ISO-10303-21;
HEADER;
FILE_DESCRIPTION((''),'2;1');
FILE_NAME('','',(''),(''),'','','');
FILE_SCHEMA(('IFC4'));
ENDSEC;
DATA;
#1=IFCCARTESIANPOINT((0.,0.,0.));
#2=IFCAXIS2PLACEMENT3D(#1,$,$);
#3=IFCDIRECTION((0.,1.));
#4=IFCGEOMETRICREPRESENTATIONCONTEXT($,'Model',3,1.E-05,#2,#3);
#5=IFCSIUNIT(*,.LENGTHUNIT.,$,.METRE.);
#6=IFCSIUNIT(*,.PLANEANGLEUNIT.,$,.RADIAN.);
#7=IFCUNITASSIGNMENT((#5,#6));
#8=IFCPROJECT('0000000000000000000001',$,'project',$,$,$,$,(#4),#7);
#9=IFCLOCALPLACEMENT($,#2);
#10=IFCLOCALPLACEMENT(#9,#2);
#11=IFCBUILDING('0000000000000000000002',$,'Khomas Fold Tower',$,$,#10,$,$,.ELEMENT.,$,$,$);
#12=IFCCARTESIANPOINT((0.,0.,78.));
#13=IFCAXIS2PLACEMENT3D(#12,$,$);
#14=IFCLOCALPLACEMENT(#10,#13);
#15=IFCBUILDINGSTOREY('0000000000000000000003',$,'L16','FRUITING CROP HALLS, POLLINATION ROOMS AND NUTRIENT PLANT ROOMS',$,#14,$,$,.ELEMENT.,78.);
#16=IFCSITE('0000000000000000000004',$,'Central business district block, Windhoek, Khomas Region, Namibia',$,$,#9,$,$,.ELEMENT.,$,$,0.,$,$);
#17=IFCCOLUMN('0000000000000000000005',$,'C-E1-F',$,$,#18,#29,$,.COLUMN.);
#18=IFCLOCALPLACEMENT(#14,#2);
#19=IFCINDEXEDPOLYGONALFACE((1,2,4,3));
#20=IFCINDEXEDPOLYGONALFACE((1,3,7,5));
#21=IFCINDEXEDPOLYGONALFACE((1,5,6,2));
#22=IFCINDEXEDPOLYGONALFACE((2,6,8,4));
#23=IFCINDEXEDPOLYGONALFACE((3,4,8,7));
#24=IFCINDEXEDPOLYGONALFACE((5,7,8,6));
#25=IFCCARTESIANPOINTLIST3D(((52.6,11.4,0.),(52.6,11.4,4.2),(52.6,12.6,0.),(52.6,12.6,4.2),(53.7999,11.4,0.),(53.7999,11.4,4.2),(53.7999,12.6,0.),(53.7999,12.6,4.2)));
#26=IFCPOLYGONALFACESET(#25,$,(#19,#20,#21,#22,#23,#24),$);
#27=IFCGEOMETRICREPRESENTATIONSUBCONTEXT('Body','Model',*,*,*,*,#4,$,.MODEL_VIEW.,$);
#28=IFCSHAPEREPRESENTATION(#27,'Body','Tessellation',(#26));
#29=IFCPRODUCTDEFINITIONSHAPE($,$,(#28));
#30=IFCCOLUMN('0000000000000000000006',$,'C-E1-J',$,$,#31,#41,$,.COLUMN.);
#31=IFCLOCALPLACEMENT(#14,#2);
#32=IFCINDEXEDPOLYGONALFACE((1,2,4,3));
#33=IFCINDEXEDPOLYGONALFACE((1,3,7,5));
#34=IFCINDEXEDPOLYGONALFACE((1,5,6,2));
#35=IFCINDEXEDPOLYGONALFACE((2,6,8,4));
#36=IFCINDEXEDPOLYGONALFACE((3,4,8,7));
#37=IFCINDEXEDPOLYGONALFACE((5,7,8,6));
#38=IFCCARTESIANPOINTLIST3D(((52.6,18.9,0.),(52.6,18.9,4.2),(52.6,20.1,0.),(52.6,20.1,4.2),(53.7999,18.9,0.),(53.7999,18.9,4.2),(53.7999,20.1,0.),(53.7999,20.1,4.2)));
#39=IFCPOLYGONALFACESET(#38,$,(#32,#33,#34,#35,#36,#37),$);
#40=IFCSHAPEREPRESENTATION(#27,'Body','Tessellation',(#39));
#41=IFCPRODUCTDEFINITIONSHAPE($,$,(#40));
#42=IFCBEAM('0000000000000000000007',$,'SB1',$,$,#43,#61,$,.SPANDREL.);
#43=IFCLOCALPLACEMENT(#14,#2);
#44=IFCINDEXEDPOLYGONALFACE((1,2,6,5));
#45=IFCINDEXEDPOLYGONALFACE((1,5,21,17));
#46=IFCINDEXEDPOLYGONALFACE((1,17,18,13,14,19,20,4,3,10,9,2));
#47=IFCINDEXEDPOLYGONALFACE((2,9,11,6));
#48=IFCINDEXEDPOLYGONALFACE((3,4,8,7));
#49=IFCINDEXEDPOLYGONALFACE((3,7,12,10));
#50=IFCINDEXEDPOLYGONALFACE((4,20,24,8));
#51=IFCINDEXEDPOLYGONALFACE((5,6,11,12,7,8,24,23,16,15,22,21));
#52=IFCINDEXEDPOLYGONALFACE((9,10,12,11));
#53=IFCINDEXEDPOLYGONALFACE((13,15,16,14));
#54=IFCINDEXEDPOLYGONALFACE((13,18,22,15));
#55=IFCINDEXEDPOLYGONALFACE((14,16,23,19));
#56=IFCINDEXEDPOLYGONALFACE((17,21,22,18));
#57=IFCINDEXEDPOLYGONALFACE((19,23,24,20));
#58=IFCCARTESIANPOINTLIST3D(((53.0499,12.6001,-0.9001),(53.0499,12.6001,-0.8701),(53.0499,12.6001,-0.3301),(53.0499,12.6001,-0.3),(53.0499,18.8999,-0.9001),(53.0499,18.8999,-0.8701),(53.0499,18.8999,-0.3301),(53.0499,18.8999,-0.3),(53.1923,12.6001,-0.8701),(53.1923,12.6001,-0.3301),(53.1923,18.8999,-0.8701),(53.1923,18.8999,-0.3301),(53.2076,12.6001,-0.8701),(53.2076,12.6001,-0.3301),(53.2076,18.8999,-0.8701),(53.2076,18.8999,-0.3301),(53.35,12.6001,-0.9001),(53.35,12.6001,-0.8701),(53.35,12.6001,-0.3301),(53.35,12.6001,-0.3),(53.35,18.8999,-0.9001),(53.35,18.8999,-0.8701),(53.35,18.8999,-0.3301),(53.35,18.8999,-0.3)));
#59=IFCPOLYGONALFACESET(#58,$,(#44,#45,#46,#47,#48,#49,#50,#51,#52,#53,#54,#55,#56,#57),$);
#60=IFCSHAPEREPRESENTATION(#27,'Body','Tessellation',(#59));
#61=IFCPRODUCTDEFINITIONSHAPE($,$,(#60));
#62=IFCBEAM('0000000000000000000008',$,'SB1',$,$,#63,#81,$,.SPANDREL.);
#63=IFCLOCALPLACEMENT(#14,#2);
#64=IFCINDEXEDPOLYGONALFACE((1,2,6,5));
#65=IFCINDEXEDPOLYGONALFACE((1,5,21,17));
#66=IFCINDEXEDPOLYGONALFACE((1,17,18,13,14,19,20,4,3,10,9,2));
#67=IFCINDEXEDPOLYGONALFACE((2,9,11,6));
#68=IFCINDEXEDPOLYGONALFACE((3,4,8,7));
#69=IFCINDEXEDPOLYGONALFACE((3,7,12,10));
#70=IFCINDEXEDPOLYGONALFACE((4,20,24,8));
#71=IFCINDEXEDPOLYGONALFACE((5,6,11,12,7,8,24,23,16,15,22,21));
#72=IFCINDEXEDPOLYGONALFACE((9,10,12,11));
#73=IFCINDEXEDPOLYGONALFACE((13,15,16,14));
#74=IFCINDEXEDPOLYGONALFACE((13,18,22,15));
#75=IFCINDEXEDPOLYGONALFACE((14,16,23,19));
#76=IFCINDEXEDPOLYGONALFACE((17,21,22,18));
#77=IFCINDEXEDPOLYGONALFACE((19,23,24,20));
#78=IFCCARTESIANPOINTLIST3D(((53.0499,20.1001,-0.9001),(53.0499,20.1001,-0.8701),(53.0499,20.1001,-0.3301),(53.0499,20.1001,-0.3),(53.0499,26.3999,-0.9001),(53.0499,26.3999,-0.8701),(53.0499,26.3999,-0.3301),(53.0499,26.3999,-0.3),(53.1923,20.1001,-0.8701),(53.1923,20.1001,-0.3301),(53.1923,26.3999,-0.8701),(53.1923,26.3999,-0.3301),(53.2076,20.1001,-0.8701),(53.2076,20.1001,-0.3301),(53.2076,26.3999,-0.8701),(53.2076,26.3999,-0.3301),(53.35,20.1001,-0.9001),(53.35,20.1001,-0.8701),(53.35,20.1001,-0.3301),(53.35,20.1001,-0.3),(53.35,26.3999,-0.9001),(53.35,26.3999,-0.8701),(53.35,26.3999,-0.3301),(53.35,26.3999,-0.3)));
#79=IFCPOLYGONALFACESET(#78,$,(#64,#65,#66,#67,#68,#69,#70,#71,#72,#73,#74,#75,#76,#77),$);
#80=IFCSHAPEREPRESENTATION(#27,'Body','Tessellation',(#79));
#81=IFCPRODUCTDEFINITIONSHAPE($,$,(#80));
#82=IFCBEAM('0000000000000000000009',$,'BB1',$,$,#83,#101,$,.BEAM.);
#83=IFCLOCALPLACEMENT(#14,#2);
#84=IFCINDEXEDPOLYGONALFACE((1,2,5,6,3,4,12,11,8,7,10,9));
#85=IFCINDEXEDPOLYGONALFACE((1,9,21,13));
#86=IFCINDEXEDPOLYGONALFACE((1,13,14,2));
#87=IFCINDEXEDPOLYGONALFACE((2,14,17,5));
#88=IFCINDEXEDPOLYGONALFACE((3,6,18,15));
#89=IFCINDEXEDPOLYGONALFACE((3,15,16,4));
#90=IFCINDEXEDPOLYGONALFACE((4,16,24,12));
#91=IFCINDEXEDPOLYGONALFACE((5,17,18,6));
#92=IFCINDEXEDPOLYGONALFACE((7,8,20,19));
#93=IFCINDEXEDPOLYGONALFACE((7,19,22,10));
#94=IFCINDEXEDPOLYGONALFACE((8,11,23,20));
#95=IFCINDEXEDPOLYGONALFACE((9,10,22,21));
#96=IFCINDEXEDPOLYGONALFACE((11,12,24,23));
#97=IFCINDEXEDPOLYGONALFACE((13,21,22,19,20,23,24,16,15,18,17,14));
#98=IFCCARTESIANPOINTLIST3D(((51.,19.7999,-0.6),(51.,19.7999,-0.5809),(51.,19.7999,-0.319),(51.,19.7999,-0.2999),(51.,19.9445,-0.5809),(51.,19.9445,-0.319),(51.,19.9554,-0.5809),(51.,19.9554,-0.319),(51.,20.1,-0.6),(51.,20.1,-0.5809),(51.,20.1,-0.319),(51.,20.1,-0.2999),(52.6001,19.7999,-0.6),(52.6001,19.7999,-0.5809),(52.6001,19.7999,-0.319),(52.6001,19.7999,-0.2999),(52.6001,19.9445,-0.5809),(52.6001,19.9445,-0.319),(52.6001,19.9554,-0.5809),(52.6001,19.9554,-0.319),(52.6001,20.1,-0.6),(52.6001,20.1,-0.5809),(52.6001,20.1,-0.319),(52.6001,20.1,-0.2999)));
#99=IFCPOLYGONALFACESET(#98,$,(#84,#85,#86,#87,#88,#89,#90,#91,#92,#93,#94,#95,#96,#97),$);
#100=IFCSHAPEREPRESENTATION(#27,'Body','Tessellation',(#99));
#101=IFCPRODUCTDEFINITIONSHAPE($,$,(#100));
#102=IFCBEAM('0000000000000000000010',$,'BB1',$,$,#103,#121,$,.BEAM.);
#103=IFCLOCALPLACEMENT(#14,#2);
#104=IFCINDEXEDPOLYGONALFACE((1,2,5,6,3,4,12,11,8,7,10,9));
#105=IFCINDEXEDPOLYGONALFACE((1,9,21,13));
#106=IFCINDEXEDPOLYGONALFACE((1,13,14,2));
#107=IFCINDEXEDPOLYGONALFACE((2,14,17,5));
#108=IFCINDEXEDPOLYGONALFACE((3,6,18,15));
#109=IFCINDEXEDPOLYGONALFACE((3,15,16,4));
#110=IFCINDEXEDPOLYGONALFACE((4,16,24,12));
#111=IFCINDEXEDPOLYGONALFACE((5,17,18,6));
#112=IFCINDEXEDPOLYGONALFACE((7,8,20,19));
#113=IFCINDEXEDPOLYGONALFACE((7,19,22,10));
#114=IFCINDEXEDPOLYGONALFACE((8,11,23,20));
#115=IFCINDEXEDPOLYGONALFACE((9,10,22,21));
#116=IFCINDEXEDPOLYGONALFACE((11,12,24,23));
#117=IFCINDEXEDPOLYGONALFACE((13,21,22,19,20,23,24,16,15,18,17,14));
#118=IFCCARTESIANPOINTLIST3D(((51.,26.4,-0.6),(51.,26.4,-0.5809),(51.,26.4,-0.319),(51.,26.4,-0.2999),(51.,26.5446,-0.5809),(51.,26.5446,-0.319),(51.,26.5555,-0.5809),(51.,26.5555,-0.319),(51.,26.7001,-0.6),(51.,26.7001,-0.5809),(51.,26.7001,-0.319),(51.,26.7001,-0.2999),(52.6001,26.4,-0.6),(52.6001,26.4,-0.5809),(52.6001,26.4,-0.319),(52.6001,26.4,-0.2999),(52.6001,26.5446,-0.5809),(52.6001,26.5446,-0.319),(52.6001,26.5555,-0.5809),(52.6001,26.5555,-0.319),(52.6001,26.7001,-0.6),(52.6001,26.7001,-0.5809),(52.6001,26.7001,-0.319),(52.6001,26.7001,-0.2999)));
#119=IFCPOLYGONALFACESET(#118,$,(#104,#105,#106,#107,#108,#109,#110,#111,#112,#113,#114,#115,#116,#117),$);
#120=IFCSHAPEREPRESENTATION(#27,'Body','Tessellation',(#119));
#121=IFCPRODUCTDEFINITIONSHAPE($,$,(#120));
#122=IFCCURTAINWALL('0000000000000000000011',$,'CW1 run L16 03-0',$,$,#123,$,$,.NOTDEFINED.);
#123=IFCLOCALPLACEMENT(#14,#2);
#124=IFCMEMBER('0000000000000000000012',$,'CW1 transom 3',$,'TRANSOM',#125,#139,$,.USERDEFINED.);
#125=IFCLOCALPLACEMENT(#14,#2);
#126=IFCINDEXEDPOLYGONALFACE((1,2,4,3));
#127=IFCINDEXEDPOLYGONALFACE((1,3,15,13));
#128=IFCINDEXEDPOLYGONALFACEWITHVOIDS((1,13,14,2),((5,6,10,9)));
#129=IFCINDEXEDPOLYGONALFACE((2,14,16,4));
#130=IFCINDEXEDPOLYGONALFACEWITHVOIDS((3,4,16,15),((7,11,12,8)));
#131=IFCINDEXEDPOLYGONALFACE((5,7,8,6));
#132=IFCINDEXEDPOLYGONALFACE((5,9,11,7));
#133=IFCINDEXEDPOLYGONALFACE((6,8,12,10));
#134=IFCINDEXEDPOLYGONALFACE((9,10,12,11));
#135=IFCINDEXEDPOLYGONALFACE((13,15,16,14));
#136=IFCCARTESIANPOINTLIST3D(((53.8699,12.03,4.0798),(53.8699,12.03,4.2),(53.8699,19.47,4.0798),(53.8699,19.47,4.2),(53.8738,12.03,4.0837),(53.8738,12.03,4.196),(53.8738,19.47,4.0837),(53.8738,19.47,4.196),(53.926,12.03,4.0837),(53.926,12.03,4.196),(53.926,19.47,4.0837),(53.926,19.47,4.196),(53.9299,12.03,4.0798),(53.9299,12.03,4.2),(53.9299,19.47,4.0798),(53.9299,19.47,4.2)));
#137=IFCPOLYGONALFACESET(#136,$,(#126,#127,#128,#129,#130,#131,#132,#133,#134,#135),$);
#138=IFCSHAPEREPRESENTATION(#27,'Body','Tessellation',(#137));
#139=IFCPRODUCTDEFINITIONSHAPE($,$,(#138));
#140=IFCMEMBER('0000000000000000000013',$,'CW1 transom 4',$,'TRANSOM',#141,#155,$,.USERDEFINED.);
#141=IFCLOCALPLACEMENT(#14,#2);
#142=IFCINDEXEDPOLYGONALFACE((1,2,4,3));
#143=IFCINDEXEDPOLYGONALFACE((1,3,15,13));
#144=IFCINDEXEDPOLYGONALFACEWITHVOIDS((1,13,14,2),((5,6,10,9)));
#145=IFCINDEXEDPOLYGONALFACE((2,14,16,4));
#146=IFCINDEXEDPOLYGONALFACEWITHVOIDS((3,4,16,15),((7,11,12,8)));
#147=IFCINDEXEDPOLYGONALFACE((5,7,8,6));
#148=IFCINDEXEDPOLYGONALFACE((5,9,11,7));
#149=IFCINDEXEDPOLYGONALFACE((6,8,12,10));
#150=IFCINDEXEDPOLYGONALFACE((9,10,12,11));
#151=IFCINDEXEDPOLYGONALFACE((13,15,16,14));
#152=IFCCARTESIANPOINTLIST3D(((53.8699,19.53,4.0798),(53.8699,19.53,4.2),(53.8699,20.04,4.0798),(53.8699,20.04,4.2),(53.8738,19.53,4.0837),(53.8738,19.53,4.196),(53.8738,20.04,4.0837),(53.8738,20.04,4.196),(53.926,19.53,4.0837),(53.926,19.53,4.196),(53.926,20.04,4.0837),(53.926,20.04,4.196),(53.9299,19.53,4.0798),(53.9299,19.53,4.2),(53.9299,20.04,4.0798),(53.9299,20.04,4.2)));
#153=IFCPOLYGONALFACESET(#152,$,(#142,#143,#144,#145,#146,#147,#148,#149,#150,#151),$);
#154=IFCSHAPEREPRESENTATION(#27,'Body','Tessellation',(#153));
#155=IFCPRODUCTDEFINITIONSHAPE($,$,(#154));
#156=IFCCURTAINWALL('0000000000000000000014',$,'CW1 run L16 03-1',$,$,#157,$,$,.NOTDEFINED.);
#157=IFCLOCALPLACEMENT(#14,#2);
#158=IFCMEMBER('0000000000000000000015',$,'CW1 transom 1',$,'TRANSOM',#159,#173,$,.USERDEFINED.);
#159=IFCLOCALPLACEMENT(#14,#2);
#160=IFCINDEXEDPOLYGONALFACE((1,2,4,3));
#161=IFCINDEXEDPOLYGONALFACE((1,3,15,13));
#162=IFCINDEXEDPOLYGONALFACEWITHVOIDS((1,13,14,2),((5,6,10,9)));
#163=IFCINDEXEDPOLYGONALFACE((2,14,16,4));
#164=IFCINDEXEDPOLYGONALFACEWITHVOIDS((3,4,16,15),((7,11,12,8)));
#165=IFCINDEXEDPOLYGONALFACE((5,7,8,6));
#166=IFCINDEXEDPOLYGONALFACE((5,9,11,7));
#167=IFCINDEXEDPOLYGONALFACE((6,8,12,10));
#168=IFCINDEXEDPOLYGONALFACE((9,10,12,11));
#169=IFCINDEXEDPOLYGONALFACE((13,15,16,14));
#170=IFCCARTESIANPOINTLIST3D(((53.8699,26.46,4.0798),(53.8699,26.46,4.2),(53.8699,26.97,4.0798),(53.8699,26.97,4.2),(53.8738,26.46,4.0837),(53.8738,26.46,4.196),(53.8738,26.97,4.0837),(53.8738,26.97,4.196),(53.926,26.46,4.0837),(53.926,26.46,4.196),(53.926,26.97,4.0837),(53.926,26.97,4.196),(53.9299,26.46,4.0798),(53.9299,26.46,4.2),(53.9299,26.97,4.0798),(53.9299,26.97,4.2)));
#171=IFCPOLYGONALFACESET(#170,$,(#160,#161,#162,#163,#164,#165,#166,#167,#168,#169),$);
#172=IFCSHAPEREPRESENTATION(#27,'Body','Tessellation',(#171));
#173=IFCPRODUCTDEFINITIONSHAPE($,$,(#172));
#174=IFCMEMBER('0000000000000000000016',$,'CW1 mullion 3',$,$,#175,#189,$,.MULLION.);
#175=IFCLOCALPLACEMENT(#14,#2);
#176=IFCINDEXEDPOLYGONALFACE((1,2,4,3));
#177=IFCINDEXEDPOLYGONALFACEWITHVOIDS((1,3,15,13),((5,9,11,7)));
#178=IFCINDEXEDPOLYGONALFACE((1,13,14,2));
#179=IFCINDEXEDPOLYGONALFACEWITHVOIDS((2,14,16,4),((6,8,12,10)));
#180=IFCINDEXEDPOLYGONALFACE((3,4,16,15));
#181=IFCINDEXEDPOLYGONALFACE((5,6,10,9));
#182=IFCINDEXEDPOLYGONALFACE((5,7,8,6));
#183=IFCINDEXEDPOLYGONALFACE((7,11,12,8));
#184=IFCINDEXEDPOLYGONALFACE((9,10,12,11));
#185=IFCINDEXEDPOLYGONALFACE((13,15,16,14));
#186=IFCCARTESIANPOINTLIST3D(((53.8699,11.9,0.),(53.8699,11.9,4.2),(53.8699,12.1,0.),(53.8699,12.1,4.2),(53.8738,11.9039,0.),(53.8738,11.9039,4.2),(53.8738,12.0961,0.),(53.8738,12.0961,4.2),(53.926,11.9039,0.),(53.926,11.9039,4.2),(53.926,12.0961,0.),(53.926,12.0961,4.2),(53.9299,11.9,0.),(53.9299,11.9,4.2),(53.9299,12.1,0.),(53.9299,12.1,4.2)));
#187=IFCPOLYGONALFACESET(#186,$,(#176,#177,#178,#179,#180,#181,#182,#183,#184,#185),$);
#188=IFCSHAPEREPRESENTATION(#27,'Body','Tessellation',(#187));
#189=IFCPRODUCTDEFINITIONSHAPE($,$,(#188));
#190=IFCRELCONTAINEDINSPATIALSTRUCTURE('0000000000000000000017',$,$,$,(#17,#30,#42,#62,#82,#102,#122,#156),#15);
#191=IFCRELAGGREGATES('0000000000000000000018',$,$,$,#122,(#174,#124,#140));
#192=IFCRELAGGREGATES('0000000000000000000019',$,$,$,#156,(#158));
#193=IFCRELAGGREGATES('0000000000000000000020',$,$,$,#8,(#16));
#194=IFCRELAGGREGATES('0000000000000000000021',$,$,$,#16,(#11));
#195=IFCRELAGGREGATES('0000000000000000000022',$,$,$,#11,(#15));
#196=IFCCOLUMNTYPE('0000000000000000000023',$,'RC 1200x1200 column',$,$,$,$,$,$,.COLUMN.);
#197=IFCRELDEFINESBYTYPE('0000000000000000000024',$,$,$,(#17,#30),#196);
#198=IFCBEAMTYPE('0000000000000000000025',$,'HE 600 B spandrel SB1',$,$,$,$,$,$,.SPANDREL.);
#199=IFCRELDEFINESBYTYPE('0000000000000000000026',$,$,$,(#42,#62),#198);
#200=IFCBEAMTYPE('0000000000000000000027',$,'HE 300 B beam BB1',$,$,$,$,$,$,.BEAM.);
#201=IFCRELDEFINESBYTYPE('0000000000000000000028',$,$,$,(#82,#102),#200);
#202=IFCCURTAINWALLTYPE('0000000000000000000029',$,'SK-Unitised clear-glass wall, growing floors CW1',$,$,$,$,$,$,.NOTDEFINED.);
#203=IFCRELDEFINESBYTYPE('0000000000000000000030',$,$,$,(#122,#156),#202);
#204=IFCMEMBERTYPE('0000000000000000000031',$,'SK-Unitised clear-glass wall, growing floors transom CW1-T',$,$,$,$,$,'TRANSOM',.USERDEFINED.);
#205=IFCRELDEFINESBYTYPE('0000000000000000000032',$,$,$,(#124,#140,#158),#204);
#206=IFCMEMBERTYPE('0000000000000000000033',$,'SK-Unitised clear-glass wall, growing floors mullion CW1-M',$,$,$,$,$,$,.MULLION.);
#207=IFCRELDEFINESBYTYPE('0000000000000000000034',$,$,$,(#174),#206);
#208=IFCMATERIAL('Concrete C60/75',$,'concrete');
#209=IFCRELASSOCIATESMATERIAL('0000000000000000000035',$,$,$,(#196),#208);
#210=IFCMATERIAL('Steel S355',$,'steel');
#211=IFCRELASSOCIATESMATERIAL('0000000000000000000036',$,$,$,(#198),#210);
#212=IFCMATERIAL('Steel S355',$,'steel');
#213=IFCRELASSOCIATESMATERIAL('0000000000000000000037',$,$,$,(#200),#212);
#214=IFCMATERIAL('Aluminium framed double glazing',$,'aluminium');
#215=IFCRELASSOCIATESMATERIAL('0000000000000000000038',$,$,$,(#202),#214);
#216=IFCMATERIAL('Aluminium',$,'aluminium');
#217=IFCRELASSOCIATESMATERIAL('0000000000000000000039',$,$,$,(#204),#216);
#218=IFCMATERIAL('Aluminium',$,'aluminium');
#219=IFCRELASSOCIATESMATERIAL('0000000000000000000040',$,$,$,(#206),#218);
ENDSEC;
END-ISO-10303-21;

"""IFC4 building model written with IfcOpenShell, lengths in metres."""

from ifc_helpers import new_model, si_unit, direction, frame, origin, origin_2d, place, context, subcontext, project, spatial, rectangle, hollow_rectangle, i_section, extrude, source, transform, mapped, material, material_profile, profile_set, type_object, element, aggregate, save


model = new_model("IFC4")

# Units and contexts
model_context = context("Model", 3, precision=1e-05, world=origin(), true_north=direction((0.0, 1.0)))
body_context = subcontext(model_context, "Body", "Model", "MODEL_VIEW")
ifc_project = project(units=[si_unit("LENGTHUNIT", "METRE"), si_unit("PLANEANGLEUNIT", "RADIAN")], contexts=[model_context])

# Site, building, storey
site_placement = place(None, origin())
site = spatial("IfcSite", under=ifc_project, at=site_placement, Name="Central business district block, Windhoek, Khomas Region, Namibia", CompositionType="ELEMENT", RefElevation=0.0)
building_placement = place(site_placement, origin())
building = spatial("IfcBuilding", under=site, at=building_placement, Name="Khomas Fold Tower", CompositionType="ELEMENT")
storey_placement = place(building_placement, frame((0.0, 0.0, 78.0)))
storey = spatial("IfcBuildingStorey", under=building, at=storey_placement, Name="L16", Description="FRUITING CROP HALLS, POLLINATION ROOMS AND NUTRIENT PLANT ROOMS", CompositionType="ELEMENT", Elevation=78.0)

# Columns
ifc_material_1 = material(Name="Concrete C60/75", Category="concrete")
ifc_material_profile_1 = material_profile(ifc_material_1, rectangle(XDim=1.2, YDim=1.2, at=origin_2d()), Name="RC 1200x1200")
ifc_profile_set_1 = profile_set([ifc_material_profile_1], Name="Concrete C60/75")
column_type = type_object("IfcColumnType", Name="RC 1200x1200 column", PredefinedType="COLUMN", material=ifc_profile_set_1)
shared_shape_1 = source(origin(), body_context, "Body", "SweptSolid", [
    extrude(rectangle(XDim=1.2, YDim=1.2, at=origin_2d()), origin(), (0.0, 0.0, 1.0), 4.2),
])
for number, where, z_axis, x_axis, name in (
    (1, (53.2, 12.0, 0.0), (0.0, 0.0, 1.0), (1.0, 0.0, 0.0), "C-E1-F"),
    (2, (53.2, 19.5, 0.0), (0.0, 0.0, 1.0), (1.0, 0.0, 0.0), "C-E1-J"),
):
    element("IfcColumn", number, at=place(storey_placement, frame(where, z_axis=z_axis, x_axis=x_axis)), inside=storey, type_object=column_type, Name=name, PredefinedType="COLUMN", context=body_context, shape_type="MappedRepresentation", body=[
        mapped(shared_shape_1, transform((0.0, 0.0, 0.0))),
    ])

# Beams
ifc_material_2 = material(Name="Steel S355", Category="steel")
ifc_material_profile_2 = material_profile(ifc_material_2, i_section(OverallWidth=0.3, OverallDepth=0.6001, WebThickness=0.0154, FlangeThickness=0.03, at=origin_2d()), Name="HE 600 B")
ifc_profile_set_2 = profile_set([ifc_material_profile_2], Name="Steel S355")
beam_type_1 = type_object("IfcBeamType", Name="HE 600 B spandrel SB1", PredefinedType="SPANDREL", material=ifc_profile_set_2)
shared_shape_2 = source(origin(), body_context, "Body", "SweptSolid", [
    extrude(i_section(OverallWidth=0.3, OverallDepth=0.6001, WebThickness=0.0154, FlangeThickness=0.03, at=origin_2d()), origin(), (0.0, 0.0, 1.0), 6.2998),
])
for number, where, z_axis, x_axis, name in (
    (3, (53.2, 12.6001, -0.6001), (0.0, 1.0, 0.0), (-1.0, 0.0, 0.0), "SB1"),
    (4, (53.2, 20.1001, -0.6001), (0.0, 1.0, 0.0), (-1.0, 0.0, 0.0), "SB1"),
):
    element("IfcBeam", number, at=place(storey_placement, frame(where, z_axis=z_axis, x_axis=x_axis)), inside=storey, type_object=beam_type_1, Name=name, PredefinedType="SPANDREL", context=body_context, shape_type="MappedRepresentation", body=[
        mapped(shared_shape_2, transform((0.0, 0.0, 0.0))),
    ])
ifc_material_3 = material(Name="Steel S355", Category="steel")
ifc_material_profile_3 = material_profile(ifc_material_3, i_section(OverallWidth=0.3, OverallDepth=0.3, WebThickness=0.011, FlangeThickness=0.019, at=origin_2d()), Name="HE 300 B")
ifc_profile_set_3 = profile_set([ifc_material_profile_3], Name="Steel S355")
beam_type_2 = type_object("IfcBeamType", Name="HE 300 B beam BB1", PredefinedType="BEAM", material=ifc_profile_set_3)
shared_shape_3 = source(origin(), body_context, "Body", "SweptSolid", [
    extrude(i_section(OverallWidth=0.3, OverallDepth=0.3, WebThickness=0.011, FlangeThickness=0.019, at=origin_2d()), origin(), (0.0, 0.0, 1.0), 1.6001),
])
for number, where, z_axis, x_axis, name in (
    (5, (51.0, 19.95, -0.45), (1.0, 0.0, 0.0), (0.0, 1.0, 0.0), "BB1"),
    (6, (51.0, 26.55, -0.45), (1.0, 0.0, 0.0), (0.0, 1.0, 0.0), "BB1"),
):
    element("IfcBeam", number, at=place(storey_placement, frame(where, z_axis=z_axis, x_axis=x_axis)), inside=storey, type_object=beam_type_2, Name=name, PredefinedType="BEAM", context=body_context, shape_type="MappedRepresentation", body=[
        mapped(shared_shape_3, transform((0.0, 0.0, 0.0))),
    ])

# Curtain wall, members
ifc_material_4 = material(Name="Aluminium framed double glazing", Category="aluminium")
curtain_wall_type = type_object("IfcCurtainWallType", Name="SK-Unitised clear-glass wall, growing floors CW1", PredefinedType="NOTDEFINED", material=ifc_material_4)
curtain_wall_1_placement = place(storey_placement, origin())
curtain_wall_1 = element("IfcCurtainWall", 7, at=curtain_wall_1_placement, inside=storey, type_object=curtain_wall_type, Name="CW1 run L16 03-0", PredefinedType="NOTDEFINED")
ifc_material_5 = material(Name="Aluminium", Category="aluminium")
ifc_material_profile_4 = material_profile(ifc_material_5, hollow_rectangle(XDim=0.0601, YDim=0.1201, WallThickness=0.0039, at=origin_2d()), Name="SK-Unitised clear-glass wall, growing floors transom CW1-T")
ifc_profile_set_4 = profile_set([ifc_material_profile_4], Name="Aluminium")
member_type_1 = type_object("IfcMemberType", Name="SK-Unitised clear-glass wall, growing floors transom CW1-T", ElementType="TRANSOM", PredefinedType="USERDEFINED", material=ifc_profile_set_4)
shared_shape_4 = source(origin(), body_context, "Body", "SweptSolid", [
    extrude(hollow_rectangle(XDim=0.0601, YDim=0.1201, WallThickness=0.0039, at=origin_2d()), origin(), (0.0, 0.0, 1.0), 7.4399),
])
member_1_placement = place(storey_placement, frame((53.8999, 12.03, 4.1399), z_axis=(0.0, 1.0, 0.0), x_axis=(-1.0, 0.0, 0.0)))
member_1 = element("IfcMember", 8, at=member_1_placement, type_object=member_type_1, Name="CW1 transom 3", ObjectType="TRANSOM", PredefinedType="USERDEFINED", context=body_context, shape_type="MappedRepresentation", body=[
    mapped(shared_shape_4, transform((0.0, 0.0, 0.0))),
])
shared_shape_5 = source(origin(), body_context, "Body", "SweptSolid", [
    extrude(hollow_rectangle(XDim=0.0601, YDim=0.1201, WallThickness=0.0039, at=origin_2d()), origin(), (0.0, 0.0, 1.0), 0.51),
])
member_2_placement = place(storey_placement, frame((53.8999, 19.53, 4.1399), z_axis=(0.0, 1.0, 0.0), x_axis=(-1.0, 0.0, 0.0)))
member_2 = element("IfcMember", 9, at=member_2_placement, type_object=member_type_1, Name="CW1 transom 4", ObjectType="TRANSOM", PredefinedType="USERDEFINED", context=body_context, shape_type="MappedRepresentation", body=[
    mapped(shared_shape_5, transform((0.0, 0.0, 0.0))),
])

# Curtain wall, member
curtain_wall_2_placement = place(storey_placement, origin())
curtain_wall_2 = element("IfcCurtainWall", 10, at=curtain_wall_2_placement, inside=storey, type_object=curtain_wall_type, Name="CW1 run L16 03-1", PredefinedType="NOTDEFINED")
member_3_placement = place(storey_placement, frame((53.8999, 26.46, 4.1399), z_axis=(0.0, 1.0, 0.0), x_axis=(-1.0, 0.0, 0.0)))
member_3 = element("IfcMember", 11, at=member_3_placement, type_object=member_type_1, Name="CW1 transom 1", ObjectType="TRANSOM", PredefinedType="USERDEFINED", context=body_context, shape_type="MappedRepresentation", body=[
    mapped(shared_shape_5, transform((0.0, 0.0, 0.0))),
])

# Member
ifc_material_6 = material(Name="Aluminium", Category="aluminium")
ifc_material_profile_5 = material_profile(ifc_material_6, hollow_rectangle(XDim=0.0601, YDim=0.2, WallThickness=0.0039, at=origin_2d()), Name="SK-Unitised clear-glass wall, growing floors mullion CW1-M")
ifc_profile_set_5 = profile_set([ifc_material_profile_5], Name="Aluminium")
member_type_2 = type_object("IfcMemberType", Name="SK-Unitised clear-glass wall, growing floors mullion CW1-M", PredefinedType="MULLION", material=ifc_profile_set_5)
shared_shape_6 = source(origin(), body_context, "Body", "SweptSolid", [
    extrude(hollow_rectangle(XDim=0.0601, YDim=0.2, WallThickness=0.0039, at=origin_2d()), origin(), (0.0, 0.0, 1.0), 4.2),
])
member_4_placement = place(storey_placement, frame((53.8999, 12.0, 0.0), z_axis=(0.0, 0.0, 1.0), x_axis=(-1.0, 0.0, 0.0)))
member_4 = element("IfcMember", 12, at=member_4_placement, type_object=member_type_2, Name="CW1 mullion 3", PredefinedType="MULLION", context=body_context, shape_type="MappedRepresentation", body=[
    mapped(shared_shape_6, transform((0.0, 0.0, 0.0))),
])

aggregate(curtain_wall_1, [member_4, member_1, member_2])
aggregate(curtain_wall_2, [member_3])

save(model, "model.ifc")
